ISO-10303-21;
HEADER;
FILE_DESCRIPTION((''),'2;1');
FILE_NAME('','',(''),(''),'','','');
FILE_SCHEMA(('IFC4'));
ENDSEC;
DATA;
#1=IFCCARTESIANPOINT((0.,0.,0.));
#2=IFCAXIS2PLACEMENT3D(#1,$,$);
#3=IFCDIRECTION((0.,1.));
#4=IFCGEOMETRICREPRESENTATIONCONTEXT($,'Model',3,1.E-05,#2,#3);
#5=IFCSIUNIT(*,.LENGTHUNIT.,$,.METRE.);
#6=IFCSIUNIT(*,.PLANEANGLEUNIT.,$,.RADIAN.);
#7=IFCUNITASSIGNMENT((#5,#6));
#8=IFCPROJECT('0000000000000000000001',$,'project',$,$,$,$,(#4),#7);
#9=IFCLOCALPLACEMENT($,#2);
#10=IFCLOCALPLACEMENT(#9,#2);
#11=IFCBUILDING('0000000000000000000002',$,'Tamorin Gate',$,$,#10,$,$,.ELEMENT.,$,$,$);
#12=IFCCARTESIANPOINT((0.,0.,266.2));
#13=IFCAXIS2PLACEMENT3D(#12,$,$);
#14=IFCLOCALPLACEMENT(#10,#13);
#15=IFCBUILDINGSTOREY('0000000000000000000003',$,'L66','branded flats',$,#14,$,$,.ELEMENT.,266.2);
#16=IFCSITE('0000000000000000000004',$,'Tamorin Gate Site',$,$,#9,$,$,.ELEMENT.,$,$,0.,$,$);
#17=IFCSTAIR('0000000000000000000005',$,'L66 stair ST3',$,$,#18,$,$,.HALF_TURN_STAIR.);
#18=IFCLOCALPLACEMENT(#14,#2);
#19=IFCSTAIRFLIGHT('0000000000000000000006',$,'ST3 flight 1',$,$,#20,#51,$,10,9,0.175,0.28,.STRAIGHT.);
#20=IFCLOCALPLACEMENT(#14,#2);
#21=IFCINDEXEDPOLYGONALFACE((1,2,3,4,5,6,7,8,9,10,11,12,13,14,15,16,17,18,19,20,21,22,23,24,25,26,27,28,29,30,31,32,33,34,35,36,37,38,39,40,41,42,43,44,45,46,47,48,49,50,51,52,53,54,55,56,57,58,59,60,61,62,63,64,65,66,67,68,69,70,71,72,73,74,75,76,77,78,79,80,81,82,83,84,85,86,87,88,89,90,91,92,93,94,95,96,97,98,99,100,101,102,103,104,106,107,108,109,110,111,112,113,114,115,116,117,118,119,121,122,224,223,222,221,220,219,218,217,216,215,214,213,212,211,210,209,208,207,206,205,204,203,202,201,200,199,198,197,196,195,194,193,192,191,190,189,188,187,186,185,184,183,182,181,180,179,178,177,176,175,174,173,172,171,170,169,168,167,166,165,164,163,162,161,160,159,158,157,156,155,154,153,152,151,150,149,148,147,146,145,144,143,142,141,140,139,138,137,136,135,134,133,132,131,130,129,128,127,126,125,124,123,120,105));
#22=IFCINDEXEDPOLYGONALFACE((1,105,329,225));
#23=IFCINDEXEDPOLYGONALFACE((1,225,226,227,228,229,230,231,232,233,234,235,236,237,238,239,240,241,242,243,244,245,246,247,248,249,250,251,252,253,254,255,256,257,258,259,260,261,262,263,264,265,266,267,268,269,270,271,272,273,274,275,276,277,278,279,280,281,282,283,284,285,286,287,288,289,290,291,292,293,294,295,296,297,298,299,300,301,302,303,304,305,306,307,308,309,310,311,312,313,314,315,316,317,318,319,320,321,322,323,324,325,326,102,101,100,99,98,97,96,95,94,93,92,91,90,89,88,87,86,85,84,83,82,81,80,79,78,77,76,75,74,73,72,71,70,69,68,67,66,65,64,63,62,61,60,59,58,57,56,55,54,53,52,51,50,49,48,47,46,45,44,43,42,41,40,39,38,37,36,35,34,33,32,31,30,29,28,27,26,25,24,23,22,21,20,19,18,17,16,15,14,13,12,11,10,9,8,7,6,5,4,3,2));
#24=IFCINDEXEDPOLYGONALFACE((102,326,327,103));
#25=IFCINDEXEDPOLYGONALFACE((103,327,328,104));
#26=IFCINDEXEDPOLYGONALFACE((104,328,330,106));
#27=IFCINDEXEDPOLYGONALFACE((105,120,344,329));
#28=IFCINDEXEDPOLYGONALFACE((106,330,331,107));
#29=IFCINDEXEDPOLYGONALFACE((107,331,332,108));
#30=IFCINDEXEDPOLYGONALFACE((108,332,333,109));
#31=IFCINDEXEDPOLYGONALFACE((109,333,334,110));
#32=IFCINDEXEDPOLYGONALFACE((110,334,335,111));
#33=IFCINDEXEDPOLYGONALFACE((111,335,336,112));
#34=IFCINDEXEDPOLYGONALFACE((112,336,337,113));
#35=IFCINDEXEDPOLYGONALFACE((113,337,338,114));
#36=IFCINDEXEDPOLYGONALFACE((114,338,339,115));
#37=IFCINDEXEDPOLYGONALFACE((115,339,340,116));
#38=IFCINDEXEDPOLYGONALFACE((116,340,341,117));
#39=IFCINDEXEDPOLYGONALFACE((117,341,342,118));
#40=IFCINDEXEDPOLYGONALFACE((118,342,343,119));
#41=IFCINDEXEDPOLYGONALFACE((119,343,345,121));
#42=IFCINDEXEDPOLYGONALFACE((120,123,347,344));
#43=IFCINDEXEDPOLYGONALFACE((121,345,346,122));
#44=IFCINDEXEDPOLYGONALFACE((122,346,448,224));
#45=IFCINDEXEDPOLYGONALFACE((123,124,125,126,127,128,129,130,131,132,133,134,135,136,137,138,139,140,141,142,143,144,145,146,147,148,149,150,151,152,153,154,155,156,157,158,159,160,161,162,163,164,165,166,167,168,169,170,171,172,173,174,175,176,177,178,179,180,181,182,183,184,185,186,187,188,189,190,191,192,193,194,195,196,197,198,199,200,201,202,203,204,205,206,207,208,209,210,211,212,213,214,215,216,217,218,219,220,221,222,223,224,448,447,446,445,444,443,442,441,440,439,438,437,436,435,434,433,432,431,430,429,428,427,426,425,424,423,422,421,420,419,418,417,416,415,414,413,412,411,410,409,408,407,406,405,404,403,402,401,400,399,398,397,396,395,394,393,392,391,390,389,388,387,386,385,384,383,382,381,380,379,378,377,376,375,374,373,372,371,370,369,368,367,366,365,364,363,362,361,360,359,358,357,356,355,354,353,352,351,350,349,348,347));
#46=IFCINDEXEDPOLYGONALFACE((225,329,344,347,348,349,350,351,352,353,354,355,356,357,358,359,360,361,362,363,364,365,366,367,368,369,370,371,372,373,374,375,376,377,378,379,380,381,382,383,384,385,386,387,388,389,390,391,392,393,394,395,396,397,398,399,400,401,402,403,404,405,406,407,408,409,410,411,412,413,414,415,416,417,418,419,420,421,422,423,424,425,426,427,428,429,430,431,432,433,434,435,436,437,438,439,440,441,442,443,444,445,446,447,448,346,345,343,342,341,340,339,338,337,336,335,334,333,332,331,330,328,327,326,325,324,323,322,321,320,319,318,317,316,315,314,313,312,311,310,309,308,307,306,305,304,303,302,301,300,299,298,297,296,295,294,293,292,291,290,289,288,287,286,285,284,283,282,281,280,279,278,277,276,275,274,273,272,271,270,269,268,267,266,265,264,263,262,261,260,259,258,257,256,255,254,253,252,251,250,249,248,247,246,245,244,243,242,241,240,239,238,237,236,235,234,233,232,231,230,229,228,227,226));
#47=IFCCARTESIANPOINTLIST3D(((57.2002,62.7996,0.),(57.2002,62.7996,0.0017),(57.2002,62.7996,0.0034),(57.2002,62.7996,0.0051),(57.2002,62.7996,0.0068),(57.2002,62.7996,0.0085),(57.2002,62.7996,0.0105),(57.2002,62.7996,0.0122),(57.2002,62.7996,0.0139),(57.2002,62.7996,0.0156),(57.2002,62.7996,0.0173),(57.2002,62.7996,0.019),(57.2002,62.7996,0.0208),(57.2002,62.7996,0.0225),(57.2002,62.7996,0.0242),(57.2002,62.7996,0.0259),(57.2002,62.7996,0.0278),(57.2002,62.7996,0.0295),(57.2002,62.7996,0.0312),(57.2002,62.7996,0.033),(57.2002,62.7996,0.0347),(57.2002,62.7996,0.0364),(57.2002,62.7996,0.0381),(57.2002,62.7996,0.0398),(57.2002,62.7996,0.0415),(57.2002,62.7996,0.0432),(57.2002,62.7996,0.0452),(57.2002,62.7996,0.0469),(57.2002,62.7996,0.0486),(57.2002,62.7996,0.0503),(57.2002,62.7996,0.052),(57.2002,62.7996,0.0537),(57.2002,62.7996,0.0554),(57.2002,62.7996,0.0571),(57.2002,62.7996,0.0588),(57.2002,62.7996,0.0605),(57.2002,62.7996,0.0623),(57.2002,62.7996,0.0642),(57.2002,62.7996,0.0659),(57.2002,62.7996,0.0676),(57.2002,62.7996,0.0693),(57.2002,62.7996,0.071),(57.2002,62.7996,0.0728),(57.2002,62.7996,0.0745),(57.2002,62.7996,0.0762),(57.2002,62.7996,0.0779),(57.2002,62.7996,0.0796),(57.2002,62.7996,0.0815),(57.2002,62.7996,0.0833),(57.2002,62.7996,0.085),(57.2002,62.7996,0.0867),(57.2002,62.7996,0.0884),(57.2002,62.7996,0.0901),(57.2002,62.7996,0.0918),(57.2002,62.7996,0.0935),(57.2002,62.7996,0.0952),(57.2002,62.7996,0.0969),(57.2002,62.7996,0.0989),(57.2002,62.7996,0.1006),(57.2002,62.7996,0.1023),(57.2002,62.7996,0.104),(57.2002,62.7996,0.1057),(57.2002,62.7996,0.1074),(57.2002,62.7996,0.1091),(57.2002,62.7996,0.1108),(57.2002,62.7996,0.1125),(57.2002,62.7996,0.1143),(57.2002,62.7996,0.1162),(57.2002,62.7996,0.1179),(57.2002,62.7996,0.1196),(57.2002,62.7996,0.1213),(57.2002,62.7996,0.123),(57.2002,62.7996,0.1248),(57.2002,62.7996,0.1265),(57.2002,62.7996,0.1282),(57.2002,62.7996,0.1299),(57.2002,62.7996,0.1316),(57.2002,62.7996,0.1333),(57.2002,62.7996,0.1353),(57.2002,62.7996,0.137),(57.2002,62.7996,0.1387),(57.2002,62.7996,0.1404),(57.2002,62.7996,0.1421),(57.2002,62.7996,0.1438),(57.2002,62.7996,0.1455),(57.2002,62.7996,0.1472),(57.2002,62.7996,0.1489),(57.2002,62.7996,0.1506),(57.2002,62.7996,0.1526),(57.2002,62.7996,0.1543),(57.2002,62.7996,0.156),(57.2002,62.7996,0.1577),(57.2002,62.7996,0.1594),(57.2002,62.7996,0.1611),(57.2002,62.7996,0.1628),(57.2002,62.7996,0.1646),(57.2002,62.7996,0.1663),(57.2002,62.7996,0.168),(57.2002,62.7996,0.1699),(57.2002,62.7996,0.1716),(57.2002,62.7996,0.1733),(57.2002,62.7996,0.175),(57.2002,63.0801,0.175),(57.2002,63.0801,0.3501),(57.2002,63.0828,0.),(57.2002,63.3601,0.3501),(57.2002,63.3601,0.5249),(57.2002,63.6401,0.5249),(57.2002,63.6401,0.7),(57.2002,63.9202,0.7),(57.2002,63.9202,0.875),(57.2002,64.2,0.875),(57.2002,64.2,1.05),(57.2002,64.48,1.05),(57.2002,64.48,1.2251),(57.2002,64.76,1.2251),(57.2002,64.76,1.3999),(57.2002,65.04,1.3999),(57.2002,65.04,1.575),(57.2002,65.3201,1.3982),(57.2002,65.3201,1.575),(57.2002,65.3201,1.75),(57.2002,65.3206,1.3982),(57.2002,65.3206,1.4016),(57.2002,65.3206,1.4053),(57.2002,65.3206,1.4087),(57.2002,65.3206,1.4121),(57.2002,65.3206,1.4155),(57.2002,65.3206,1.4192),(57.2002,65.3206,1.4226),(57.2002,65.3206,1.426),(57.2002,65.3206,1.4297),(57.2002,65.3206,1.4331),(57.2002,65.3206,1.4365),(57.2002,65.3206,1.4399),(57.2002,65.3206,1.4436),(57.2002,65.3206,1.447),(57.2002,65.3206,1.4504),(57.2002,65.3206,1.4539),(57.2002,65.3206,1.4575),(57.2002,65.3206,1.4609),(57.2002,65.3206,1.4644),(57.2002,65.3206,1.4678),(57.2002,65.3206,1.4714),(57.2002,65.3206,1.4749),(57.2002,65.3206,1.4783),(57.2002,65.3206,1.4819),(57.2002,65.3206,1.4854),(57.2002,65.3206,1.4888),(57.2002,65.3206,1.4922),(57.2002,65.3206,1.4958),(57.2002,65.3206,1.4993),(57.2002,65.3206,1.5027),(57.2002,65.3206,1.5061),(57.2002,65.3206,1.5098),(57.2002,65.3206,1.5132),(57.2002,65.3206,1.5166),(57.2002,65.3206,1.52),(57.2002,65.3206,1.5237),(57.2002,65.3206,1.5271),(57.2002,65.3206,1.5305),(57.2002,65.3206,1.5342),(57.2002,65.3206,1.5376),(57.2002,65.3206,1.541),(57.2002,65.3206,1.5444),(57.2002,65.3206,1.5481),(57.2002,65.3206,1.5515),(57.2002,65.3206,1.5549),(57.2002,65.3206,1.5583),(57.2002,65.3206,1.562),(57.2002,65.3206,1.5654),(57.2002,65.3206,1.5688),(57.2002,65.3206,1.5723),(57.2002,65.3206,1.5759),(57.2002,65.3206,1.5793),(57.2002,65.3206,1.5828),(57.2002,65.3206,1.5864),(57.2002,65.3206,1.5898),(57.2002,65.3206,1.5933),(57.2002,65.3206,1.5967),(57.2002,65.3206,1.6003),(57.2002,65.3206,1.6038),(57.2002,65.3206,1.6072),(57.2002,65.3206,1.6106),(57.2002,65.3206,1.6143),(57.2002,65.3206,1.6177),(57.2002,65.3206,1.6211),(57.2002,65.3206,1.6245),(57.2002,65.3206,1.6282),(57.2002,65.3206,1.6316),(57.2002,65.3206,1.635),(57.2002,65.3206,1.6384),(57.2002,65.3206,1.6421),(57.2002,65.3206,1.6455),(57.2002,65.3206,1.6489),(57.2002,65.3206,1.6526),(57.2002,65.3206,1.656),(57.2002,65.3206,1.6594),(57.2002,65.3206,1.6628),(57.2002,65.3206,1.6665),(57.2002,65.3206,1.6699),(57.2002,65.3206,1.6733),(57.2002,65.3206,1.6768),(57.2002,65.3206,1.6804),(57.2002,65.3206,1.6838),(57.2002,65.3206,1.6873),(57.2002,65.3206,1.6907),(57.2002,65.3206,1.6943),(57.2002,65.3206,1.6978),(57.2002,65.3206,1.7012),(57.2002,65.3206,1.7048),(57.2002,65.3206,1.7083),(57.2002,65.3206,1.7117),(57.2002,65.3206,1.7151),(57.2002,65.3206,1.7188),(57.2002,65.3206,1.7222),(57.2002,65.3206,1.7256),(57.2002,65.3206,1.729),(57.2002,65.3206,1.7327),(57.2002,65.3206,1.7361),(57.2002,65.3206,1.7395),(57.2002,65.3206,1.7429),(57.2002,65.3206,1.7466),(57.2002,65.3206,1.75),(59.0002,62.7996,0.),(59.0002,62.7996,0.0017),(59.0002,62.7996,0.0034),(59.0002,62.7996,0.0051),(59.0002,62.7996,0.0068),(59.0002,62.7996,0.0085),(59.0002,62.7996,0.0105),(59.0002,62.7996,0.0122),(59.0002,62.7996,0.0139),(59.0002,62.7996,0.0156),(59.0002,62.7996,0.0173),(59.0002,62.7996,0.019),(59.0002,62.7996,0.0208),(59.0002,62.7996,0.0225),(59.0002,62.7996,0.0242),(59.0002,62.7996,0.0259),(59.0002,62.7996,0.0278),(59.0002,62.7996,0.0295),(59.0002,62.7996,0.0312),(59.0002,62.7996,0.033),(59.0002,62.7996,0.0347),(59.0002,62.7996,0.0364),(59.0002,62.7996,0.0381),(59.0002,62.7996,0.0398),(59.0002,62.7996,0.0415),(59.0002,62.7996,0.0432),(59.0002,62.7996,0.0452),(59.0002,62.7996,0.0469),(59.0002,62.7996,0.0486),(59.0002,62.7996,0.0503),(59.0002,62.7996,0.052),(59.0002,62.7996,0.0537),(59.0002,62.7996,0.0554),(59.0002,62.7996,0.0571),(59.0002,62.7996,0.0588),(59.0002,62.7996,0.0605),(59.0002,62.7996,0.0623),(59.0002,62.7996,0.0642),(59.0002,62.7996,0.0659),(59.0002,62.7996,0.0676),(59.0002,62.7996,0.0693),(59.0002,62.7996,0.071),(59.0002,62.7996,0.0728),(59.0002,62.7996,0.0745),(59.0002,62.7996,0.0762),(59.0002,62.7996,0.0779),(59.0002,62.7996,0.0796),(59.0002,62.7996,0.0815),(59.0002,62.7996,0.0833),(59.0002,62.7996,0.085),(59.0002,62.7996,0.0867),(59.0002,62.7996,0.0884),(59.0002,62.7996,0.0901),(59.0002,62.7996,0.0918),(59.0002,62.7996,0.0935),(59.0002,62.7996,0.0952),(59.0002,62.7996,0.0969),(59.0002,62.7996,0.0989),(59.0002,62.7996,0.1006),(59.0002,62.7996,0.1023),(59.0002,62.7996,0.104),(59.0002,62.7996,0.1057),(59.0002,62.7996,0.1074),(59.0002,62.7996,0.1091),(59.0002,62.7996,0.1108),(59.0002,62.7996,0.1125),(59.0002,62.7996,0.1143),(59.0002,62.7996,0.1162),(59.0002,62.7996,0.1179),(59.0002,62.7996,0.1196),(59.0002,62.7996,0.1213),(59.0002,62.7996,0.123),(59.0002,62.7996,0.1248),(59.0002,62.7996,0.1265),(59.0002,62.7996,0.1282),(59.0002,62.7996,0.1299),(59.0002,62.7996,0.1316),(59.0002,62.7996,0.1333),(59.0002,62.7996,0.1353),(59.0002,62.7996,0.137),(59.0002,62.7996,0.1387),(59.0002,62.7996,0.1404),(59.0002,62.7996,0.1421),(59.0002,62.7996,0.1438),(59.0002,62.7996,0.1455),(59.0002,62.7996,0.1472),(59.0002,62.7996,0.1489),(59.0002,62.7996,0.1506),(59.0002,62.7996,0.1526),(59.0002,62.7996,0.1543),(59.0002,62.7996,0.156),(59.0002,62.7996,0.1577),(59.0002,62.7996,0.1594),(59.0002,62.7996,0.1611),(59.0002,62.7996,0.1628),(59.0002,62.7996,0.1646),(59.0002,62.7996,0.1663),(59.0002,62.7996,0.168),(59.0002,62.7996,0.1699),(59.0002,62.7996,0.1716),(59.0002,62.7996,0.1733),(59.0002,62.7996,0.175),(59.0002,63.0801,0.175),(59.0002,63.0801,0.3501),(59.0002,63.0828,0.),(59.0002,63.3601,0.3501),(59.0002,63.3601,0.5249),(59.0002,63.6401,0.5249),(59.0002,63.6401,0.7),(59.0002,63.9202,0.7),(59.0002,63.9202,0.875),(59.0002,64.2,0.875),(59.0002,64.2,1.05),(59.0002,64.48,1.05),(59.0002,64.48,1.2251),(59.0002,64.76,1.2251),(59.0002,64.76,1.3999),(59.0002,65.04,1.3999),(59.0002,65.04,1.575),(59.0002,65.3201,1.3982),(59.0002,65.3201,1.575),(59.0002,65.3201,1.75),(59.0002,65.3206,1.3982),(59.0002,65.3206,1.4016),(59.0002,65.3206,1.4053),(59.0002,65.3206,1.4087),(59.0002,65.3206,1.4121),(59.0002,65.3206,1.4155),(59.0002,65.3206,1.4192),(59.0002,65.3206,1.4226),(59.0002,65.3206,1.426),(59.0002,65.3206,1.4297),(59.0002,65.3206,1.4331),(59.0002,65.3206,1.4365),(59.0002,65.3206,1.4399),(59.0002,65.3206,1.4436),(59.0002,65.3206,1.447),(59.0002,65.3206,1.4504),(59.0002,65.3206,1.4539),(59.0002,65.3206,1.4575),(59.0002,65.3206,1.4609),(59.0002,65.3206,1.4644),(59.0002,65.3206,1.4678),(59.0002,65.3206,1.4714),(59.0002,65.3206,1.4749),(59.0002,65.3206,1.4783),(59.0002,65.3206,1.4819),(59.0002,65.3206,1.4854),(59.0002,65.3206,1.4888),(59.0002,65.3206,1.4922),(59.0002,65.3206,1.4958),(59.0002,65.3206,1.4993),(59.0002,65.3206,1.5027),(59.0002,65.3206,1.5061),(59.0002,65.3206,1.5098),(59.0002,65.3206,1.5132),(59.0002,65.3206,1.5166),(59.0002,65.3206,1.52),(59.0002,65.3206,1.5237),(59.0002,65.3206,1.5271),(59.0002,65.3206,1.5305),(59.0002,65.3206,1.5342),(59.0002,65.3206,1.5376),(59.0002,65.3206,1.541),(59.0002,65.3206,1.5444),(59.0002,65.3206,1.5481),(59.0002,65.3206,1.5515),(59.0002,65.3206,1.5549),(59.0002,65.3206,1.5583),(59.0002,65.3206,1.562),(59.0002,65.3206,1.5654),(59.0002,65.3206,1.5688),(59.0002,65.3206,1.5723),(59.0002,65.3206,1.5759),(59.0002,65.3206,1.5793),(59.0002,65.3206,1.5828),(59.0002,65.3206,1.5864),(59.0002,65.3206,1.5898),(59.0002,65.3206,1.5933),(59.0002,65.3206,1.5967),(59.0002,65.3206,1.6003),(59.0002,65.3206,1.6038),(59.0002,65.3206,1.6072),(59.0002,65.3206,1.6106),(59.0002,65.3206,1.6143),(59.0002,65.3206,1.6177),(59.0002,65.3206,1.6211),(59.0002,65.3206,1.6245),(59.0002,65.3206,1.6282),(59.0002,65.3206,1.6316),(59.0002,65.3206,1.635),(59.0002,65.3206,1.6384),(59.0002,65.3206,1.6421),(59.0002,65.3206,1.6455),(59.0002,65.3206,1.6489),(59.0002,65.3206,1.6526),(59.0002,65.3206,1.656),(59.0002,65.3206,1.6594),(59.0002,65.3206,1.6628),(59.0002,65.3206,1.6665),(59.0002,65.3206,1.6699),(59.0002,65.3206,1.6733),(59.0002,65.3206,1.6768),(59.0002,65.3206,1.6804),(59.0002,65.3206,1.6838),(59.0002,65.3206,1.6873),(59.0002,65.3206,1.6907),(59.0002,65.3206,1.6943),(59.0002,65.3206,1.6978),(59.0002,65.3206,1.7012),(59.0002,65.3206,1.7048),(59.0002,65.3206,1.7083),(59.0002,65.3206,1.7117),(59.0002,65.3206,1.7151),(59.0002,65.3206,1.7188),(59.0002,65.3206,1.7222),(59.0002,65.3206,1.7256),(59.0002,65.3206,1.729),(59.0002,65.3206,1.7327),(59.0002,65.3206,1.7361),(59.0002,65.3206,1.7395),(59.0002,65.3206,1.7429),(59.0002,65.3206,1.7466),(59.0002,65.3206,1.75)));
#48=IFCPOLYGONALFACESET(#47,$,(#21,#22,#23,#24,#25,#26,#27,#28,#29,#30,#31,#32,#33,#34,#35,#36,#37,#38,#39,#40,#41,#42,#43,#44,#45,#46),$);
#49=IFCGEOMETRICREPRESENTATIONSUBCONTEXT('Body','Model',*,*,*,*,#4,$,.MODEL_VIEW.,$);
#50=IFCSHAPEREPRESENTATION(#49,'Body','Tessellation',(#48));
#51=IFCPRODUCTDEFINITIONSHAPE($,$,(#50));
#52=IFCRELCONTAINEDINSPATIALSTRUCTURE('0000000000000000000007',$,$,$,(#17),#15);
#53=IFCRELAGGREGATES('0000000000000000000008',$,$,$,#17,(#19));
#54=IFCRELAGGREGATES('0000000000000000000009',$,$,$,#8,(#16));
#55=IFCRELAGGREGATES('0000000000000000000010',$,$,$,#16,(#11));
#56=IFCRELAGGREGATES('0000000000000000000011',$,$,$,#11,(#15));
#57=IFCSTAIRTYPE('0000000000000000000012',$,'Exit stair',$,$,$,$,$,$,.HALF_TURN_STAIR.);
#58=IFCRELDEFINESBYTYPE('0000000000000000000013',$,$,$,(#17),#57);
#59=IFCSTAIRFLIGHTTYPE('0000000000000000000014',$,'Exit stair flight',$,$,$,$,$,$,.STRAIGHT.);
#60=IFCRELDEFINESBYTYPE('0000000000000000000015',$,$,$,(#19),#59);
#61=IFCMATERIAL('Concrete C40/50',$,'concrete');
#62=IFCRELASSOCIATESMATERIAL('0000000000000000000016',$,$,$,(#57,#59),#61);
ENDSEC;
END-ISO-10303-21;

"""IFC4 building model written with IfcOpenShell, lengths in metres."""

from ifc_helpers import new_model, si_unit, direction, frame, origin, place, context, subcontext, project, spatial, polyline, outline, extrude, material, type_object, element, aggregate, save


model = new_model("IFC4")

# Units and contexts
model_context = context("Model", 3, precision=1e-05, world=origin(), true_north=direction((0.0, 1.0)))
body_context = subcontext(model_context, "Body", "Model", "MODEL_VIEW")
ifc_project = project(units=[si_unit("LENGTHUNIT", "METRE"), si_unit("PLANEANGLEUNIT", "RADIAN")], contexts=[model_context])

# Site, building, storey
site_placement = place(None, origin())
site = spatial("IfcSite", under=ifc_project, at=site_placement, Name="Tamorin Gate Site", CompositionType="ELEMENT", RefElevation=0.0)
building_placement = place(site_placement, origin())
building = spatial("IfcBuilding", under=site, at=building_placement, Name="Tamorin Gate", CompositionType="ELEMENT")
storey_placement = place(building_placement, frame((0.0, 0.0, 266.2)))
storey = spatial("IfcBuildingStorey", under=building, at=storey_placement, Name="L66", Description="branded flats", CompositionType="ELEMENT", Elevation=266.2)

# Shared definitions
ifc_material_1 = material(Name="Concrete C40/50", Category="concrete")

# Stair, stair flight
stair_type = type_object("IfcStairType", Name="Exit stair", PredefinedType="HALF_TURN_STAIR", material=ifc_material_1)
stair_placement = place(storey_placement, origin())
stair = element("IfcStair", 1, at=stair_placement, inside=storey, type_object=stair_type, Name="L66 stair ST3", PredefinedType="HALF_TURN_STAIR")
stair_flight_type = type_object("IfcStairFlightType", Name="Exit stair flight", PredefinedType="STRAIGHT", material=ifc_material_1)
stair_flight_1_placement = place(storey_placement, frame((58.1001, 62.8, 0.0), z_axis=(0.0, 0.0, 1.0), x_axis=(0.0, 1.0, 0.0)))
stair_flight_1 = element("IfcStairFlight", 2, at=stair_flight_1_placement, type_object=stair_flight_type, Name="ST3 flight 1", NumberOfRisers=10, NumberOfTreads=9, PredefinedType="STRAIGHT", RiserHeight=0.175, TreadLength=0.28, context=body_context, shape_type="SweptSolid", body=[
    extrude(outline(polyline([(-0.0005, 0.0), (-0.0005, 0.0017), (-0.0005, 0.0034), (-0.0005, 0.0051), (-0.0005, 0.0068), (-0.0005, 0.0085), (-0.0005, 0.0105), (-0.0005, 0.0122), (-0.0005, 0.0139), (-0.0005, 0.0156), (-0.0005, 0.0173), (-0.0005, 0.019), (-0.0005, 0.0208), (-0.0005, 0.0225), (-0.0005, 0.0242), (-0.0005, 0.0259), (-0.0005, 0.0278), (-0.0005, 0.0295), (-0.0005, 0.0312), (-0.0005, 0.033), (-0.0005, 0.0347), (-0.0005, 0.0364), (-0.0005, 0.0381), (-0.0005, 0.0398), (-0.0005, 0.0415), (-0.0005, 0.0432), (-0.0005, 0.0452), (-0.0005, 0.0469), (-0.0005, 0.0486), (-0.0005, 0.0503), (-0.0005, 0.052), (-0.0005, 0.0537), (-0.0005, 0.0554), (-0.0005, 0.0571), (-0.0005, 0.0588), (-0.0005, 0.0605), (-0.0005, 0.0623), (-0.0005, 0.0642), (-0.0005, 0.0659), (-0.0005, 0.0676), (-0.0005, 0.0693), (-0.0005, 0.071), (-0.0005, 0.0728), (-0.0005, 0.0745), (-0.0005, 0.0762), (-0.0005, 0.0779), (-0.0005, 0.0796), (-0.0005, 0.0815), (-0.0005, 0.0833), (-0.0005, 0.085), (-0.0005, 0.0867), (-0.0005, 0.0884), (-0.0005, 0.0901), (-0.0005, 0.0918), (-0.0005, 0.0935), (-0.0005, 0.0952), (-0.0005, 0.0969), (-0.0005, 0.0989), (-0.0005, 0.1006), (-0.0005, 0.1023), (-0.0005, 0.104), (-0.0005, 0.1057), (-0.0005, 0.1074), (-0.0005, 0.1091), (-0.0005, 0.1108), (-0.0005, 0.1125), (-0.0005, 0.1143), (-0.0005, 0.1162), (-0.0005, 0.1179), (-0.0005, 0.1196), (-0.0005, 0.1213), (-0.0005, 0.123), (-0.0005, 0.1248), (-0.0005, 0.1265), (-0.0005, 0.1282), (-0.0005, 0.1299), (-0.0005, 0.1316), (-0.0005, 0.1333), (-0.0005, 0.1353), (-0.0005, 0.137), (-0.0005, 0.1387), (-0.0005, 0.1404), (-0.0005, 0.1421), (-0.0005, 0.1438), (-0.0005, 0.1455), (-0.0005, 0.1472), (-0.0005, 0.1489), (-0.0005, 0.1506), (-0.0005, 0.1526), (-0.0005, 0.1543), (-0.0005, 0.156), (-0.0005, 0.1577), (-0.0005, 0.1594), (-0.0005, 0.1611), (-0.0005, 0.1628), (-0.0005, 0.1646), (-0.0005, 0.1663), (-0.0005, 0.168), (-0.0005, 0.1699), (-0.0005, 0.1716), (-0.0005, 0.1733), (-0.0005, 0.175), (0.28, 0.175), (0.28, 0.3501), (0.5601, 0.3501), (0.5601, 0.5249), (0.8401, 0.5249), (0.8401, 0.7), (1.1201, 0.7), (1.1201, 0.875), (1.3999, 0.875), (1.3999, 1.05), (1.6799, 1.05), (1.6799, 1.2251), (1.96, 1.2251), (1.96, 1.3999), (2.24, 1.3999), (2.24, 1.575), (2.52, 1.575), (2.52, 1.75), (2.5205, 1.75), (2.5205, 1.7466), (2.5205, 1.7429), (2.5205, 1.7395), (2.5205, 1.7361), (2.5205, 1.7327), (2.5205, 1.729), (2.5205, 1.7256), (2.5205, 1.7222), (2.5205, 1.7188), (2.5205, 1.7151), (2.5205, 1.7117), (2.5205, 1.7083), (2.5205, 1.7048), (2.5205, 1.7012), (2.5205, 1.6978), (2.5205, 1.6943), (2.5205, 1.6907), (2.5205, 1.6873), (2.5205, 1.6838), (2.5205, 1.6804), (2.5205, 1.6768), (2.5205, 1.6733), (2.5205, 1.6699), (2.5205, 1.6665), (2.5205, 1.6628), (2.5205, 1.6594), (2.5205, 1.656), (2.5205, 1.6526), (2.5205, 1.6489), (2.5205, 1.6455), (2.5205, 1.6421), (2.5205, 1.6384), (2.5205, 1.635), (2.5205, 1.6316), (2.5205, 1.6282), (2.5205, 1.6245), (2.5205, 1.6211), (2.5205, 1.6177), (2.5205, 1.6143), (2.5205, 1.6106), (2.5205, 1.6072), (2.5205, 1.6038), (2.5205, 1.6003), (2.5205, 1.5967), (2.5205, 1.5933), (2.5205, 1.5898), (2.5205, 1.5864), (2.5205, 1.5828), (2.5205, 1.5793), (2.5205, 1.5759), (2.5205, 1.5723), (2.5205, 1.5688), (2.5205, 1.5654), (2.5205, 1.562), (2.5205, 1.5583), (2.5205, 1.5549), (2.5205, 1.5515), (2.5205, 1.5481), (2.5205, 1.5444), (2.5205, 1.541), (2.5205, 1.5376), (2.5205, 1.5342), (2.5205, 1.5305), (2.5205, 1.5271), (2.5205, 1.5237), (2.5205, 1.52), (2.5205, 1.5166), (2.5205, 1.5132), (2.5205, 1.5098), (2.5205, 1.5061), (2.5205, 1.5027), (2.5205, 1.4993), (2.5205, 1.4958), (2.5205, 1.4922), (2.5205, 1.4888), (2.5205, 1.4854), (2.5205, 1.4819), (2.5205, 1.4783), (2.5205, 1.4749), (2.5205, 1.4714), (2.5205, 1.4678), (2.5205, 1.4644), (2.5205, 1.4609), (2.5205, 1.4575), (2.5205, 1.4539), (2.5205, 1.4504), (2.5205, 1.447), (2.5205, 1.4436), (2.5205, 1.4399), (2.5205, 1.4365), (2.5205, 1.4331), (2.5205, 1.4297), (2.5205, 1.426), (2.5205, 1.4226), (2.5205, 1.4192), (2.5205, 1.4155), (2.5205, 1.4121), (2.5205, 1.4087), (2.5205, 1.4053), (2.5205, 1.4016), (2.5205, 1.3982), (2.52, 1.3982), (0.2827, 0.0), (-0.0005, 0.0)])), frame((0.0, 0.8999, 0.0), z_axis=(0.0, -1.0, 0.0), x_axis=(1.0, 0.0, 0.0)), (0.0, 0.0, 1.0), 1.8),
])
aggregate(stair, [stair_flight_1])

save(model, "model.ifc")
